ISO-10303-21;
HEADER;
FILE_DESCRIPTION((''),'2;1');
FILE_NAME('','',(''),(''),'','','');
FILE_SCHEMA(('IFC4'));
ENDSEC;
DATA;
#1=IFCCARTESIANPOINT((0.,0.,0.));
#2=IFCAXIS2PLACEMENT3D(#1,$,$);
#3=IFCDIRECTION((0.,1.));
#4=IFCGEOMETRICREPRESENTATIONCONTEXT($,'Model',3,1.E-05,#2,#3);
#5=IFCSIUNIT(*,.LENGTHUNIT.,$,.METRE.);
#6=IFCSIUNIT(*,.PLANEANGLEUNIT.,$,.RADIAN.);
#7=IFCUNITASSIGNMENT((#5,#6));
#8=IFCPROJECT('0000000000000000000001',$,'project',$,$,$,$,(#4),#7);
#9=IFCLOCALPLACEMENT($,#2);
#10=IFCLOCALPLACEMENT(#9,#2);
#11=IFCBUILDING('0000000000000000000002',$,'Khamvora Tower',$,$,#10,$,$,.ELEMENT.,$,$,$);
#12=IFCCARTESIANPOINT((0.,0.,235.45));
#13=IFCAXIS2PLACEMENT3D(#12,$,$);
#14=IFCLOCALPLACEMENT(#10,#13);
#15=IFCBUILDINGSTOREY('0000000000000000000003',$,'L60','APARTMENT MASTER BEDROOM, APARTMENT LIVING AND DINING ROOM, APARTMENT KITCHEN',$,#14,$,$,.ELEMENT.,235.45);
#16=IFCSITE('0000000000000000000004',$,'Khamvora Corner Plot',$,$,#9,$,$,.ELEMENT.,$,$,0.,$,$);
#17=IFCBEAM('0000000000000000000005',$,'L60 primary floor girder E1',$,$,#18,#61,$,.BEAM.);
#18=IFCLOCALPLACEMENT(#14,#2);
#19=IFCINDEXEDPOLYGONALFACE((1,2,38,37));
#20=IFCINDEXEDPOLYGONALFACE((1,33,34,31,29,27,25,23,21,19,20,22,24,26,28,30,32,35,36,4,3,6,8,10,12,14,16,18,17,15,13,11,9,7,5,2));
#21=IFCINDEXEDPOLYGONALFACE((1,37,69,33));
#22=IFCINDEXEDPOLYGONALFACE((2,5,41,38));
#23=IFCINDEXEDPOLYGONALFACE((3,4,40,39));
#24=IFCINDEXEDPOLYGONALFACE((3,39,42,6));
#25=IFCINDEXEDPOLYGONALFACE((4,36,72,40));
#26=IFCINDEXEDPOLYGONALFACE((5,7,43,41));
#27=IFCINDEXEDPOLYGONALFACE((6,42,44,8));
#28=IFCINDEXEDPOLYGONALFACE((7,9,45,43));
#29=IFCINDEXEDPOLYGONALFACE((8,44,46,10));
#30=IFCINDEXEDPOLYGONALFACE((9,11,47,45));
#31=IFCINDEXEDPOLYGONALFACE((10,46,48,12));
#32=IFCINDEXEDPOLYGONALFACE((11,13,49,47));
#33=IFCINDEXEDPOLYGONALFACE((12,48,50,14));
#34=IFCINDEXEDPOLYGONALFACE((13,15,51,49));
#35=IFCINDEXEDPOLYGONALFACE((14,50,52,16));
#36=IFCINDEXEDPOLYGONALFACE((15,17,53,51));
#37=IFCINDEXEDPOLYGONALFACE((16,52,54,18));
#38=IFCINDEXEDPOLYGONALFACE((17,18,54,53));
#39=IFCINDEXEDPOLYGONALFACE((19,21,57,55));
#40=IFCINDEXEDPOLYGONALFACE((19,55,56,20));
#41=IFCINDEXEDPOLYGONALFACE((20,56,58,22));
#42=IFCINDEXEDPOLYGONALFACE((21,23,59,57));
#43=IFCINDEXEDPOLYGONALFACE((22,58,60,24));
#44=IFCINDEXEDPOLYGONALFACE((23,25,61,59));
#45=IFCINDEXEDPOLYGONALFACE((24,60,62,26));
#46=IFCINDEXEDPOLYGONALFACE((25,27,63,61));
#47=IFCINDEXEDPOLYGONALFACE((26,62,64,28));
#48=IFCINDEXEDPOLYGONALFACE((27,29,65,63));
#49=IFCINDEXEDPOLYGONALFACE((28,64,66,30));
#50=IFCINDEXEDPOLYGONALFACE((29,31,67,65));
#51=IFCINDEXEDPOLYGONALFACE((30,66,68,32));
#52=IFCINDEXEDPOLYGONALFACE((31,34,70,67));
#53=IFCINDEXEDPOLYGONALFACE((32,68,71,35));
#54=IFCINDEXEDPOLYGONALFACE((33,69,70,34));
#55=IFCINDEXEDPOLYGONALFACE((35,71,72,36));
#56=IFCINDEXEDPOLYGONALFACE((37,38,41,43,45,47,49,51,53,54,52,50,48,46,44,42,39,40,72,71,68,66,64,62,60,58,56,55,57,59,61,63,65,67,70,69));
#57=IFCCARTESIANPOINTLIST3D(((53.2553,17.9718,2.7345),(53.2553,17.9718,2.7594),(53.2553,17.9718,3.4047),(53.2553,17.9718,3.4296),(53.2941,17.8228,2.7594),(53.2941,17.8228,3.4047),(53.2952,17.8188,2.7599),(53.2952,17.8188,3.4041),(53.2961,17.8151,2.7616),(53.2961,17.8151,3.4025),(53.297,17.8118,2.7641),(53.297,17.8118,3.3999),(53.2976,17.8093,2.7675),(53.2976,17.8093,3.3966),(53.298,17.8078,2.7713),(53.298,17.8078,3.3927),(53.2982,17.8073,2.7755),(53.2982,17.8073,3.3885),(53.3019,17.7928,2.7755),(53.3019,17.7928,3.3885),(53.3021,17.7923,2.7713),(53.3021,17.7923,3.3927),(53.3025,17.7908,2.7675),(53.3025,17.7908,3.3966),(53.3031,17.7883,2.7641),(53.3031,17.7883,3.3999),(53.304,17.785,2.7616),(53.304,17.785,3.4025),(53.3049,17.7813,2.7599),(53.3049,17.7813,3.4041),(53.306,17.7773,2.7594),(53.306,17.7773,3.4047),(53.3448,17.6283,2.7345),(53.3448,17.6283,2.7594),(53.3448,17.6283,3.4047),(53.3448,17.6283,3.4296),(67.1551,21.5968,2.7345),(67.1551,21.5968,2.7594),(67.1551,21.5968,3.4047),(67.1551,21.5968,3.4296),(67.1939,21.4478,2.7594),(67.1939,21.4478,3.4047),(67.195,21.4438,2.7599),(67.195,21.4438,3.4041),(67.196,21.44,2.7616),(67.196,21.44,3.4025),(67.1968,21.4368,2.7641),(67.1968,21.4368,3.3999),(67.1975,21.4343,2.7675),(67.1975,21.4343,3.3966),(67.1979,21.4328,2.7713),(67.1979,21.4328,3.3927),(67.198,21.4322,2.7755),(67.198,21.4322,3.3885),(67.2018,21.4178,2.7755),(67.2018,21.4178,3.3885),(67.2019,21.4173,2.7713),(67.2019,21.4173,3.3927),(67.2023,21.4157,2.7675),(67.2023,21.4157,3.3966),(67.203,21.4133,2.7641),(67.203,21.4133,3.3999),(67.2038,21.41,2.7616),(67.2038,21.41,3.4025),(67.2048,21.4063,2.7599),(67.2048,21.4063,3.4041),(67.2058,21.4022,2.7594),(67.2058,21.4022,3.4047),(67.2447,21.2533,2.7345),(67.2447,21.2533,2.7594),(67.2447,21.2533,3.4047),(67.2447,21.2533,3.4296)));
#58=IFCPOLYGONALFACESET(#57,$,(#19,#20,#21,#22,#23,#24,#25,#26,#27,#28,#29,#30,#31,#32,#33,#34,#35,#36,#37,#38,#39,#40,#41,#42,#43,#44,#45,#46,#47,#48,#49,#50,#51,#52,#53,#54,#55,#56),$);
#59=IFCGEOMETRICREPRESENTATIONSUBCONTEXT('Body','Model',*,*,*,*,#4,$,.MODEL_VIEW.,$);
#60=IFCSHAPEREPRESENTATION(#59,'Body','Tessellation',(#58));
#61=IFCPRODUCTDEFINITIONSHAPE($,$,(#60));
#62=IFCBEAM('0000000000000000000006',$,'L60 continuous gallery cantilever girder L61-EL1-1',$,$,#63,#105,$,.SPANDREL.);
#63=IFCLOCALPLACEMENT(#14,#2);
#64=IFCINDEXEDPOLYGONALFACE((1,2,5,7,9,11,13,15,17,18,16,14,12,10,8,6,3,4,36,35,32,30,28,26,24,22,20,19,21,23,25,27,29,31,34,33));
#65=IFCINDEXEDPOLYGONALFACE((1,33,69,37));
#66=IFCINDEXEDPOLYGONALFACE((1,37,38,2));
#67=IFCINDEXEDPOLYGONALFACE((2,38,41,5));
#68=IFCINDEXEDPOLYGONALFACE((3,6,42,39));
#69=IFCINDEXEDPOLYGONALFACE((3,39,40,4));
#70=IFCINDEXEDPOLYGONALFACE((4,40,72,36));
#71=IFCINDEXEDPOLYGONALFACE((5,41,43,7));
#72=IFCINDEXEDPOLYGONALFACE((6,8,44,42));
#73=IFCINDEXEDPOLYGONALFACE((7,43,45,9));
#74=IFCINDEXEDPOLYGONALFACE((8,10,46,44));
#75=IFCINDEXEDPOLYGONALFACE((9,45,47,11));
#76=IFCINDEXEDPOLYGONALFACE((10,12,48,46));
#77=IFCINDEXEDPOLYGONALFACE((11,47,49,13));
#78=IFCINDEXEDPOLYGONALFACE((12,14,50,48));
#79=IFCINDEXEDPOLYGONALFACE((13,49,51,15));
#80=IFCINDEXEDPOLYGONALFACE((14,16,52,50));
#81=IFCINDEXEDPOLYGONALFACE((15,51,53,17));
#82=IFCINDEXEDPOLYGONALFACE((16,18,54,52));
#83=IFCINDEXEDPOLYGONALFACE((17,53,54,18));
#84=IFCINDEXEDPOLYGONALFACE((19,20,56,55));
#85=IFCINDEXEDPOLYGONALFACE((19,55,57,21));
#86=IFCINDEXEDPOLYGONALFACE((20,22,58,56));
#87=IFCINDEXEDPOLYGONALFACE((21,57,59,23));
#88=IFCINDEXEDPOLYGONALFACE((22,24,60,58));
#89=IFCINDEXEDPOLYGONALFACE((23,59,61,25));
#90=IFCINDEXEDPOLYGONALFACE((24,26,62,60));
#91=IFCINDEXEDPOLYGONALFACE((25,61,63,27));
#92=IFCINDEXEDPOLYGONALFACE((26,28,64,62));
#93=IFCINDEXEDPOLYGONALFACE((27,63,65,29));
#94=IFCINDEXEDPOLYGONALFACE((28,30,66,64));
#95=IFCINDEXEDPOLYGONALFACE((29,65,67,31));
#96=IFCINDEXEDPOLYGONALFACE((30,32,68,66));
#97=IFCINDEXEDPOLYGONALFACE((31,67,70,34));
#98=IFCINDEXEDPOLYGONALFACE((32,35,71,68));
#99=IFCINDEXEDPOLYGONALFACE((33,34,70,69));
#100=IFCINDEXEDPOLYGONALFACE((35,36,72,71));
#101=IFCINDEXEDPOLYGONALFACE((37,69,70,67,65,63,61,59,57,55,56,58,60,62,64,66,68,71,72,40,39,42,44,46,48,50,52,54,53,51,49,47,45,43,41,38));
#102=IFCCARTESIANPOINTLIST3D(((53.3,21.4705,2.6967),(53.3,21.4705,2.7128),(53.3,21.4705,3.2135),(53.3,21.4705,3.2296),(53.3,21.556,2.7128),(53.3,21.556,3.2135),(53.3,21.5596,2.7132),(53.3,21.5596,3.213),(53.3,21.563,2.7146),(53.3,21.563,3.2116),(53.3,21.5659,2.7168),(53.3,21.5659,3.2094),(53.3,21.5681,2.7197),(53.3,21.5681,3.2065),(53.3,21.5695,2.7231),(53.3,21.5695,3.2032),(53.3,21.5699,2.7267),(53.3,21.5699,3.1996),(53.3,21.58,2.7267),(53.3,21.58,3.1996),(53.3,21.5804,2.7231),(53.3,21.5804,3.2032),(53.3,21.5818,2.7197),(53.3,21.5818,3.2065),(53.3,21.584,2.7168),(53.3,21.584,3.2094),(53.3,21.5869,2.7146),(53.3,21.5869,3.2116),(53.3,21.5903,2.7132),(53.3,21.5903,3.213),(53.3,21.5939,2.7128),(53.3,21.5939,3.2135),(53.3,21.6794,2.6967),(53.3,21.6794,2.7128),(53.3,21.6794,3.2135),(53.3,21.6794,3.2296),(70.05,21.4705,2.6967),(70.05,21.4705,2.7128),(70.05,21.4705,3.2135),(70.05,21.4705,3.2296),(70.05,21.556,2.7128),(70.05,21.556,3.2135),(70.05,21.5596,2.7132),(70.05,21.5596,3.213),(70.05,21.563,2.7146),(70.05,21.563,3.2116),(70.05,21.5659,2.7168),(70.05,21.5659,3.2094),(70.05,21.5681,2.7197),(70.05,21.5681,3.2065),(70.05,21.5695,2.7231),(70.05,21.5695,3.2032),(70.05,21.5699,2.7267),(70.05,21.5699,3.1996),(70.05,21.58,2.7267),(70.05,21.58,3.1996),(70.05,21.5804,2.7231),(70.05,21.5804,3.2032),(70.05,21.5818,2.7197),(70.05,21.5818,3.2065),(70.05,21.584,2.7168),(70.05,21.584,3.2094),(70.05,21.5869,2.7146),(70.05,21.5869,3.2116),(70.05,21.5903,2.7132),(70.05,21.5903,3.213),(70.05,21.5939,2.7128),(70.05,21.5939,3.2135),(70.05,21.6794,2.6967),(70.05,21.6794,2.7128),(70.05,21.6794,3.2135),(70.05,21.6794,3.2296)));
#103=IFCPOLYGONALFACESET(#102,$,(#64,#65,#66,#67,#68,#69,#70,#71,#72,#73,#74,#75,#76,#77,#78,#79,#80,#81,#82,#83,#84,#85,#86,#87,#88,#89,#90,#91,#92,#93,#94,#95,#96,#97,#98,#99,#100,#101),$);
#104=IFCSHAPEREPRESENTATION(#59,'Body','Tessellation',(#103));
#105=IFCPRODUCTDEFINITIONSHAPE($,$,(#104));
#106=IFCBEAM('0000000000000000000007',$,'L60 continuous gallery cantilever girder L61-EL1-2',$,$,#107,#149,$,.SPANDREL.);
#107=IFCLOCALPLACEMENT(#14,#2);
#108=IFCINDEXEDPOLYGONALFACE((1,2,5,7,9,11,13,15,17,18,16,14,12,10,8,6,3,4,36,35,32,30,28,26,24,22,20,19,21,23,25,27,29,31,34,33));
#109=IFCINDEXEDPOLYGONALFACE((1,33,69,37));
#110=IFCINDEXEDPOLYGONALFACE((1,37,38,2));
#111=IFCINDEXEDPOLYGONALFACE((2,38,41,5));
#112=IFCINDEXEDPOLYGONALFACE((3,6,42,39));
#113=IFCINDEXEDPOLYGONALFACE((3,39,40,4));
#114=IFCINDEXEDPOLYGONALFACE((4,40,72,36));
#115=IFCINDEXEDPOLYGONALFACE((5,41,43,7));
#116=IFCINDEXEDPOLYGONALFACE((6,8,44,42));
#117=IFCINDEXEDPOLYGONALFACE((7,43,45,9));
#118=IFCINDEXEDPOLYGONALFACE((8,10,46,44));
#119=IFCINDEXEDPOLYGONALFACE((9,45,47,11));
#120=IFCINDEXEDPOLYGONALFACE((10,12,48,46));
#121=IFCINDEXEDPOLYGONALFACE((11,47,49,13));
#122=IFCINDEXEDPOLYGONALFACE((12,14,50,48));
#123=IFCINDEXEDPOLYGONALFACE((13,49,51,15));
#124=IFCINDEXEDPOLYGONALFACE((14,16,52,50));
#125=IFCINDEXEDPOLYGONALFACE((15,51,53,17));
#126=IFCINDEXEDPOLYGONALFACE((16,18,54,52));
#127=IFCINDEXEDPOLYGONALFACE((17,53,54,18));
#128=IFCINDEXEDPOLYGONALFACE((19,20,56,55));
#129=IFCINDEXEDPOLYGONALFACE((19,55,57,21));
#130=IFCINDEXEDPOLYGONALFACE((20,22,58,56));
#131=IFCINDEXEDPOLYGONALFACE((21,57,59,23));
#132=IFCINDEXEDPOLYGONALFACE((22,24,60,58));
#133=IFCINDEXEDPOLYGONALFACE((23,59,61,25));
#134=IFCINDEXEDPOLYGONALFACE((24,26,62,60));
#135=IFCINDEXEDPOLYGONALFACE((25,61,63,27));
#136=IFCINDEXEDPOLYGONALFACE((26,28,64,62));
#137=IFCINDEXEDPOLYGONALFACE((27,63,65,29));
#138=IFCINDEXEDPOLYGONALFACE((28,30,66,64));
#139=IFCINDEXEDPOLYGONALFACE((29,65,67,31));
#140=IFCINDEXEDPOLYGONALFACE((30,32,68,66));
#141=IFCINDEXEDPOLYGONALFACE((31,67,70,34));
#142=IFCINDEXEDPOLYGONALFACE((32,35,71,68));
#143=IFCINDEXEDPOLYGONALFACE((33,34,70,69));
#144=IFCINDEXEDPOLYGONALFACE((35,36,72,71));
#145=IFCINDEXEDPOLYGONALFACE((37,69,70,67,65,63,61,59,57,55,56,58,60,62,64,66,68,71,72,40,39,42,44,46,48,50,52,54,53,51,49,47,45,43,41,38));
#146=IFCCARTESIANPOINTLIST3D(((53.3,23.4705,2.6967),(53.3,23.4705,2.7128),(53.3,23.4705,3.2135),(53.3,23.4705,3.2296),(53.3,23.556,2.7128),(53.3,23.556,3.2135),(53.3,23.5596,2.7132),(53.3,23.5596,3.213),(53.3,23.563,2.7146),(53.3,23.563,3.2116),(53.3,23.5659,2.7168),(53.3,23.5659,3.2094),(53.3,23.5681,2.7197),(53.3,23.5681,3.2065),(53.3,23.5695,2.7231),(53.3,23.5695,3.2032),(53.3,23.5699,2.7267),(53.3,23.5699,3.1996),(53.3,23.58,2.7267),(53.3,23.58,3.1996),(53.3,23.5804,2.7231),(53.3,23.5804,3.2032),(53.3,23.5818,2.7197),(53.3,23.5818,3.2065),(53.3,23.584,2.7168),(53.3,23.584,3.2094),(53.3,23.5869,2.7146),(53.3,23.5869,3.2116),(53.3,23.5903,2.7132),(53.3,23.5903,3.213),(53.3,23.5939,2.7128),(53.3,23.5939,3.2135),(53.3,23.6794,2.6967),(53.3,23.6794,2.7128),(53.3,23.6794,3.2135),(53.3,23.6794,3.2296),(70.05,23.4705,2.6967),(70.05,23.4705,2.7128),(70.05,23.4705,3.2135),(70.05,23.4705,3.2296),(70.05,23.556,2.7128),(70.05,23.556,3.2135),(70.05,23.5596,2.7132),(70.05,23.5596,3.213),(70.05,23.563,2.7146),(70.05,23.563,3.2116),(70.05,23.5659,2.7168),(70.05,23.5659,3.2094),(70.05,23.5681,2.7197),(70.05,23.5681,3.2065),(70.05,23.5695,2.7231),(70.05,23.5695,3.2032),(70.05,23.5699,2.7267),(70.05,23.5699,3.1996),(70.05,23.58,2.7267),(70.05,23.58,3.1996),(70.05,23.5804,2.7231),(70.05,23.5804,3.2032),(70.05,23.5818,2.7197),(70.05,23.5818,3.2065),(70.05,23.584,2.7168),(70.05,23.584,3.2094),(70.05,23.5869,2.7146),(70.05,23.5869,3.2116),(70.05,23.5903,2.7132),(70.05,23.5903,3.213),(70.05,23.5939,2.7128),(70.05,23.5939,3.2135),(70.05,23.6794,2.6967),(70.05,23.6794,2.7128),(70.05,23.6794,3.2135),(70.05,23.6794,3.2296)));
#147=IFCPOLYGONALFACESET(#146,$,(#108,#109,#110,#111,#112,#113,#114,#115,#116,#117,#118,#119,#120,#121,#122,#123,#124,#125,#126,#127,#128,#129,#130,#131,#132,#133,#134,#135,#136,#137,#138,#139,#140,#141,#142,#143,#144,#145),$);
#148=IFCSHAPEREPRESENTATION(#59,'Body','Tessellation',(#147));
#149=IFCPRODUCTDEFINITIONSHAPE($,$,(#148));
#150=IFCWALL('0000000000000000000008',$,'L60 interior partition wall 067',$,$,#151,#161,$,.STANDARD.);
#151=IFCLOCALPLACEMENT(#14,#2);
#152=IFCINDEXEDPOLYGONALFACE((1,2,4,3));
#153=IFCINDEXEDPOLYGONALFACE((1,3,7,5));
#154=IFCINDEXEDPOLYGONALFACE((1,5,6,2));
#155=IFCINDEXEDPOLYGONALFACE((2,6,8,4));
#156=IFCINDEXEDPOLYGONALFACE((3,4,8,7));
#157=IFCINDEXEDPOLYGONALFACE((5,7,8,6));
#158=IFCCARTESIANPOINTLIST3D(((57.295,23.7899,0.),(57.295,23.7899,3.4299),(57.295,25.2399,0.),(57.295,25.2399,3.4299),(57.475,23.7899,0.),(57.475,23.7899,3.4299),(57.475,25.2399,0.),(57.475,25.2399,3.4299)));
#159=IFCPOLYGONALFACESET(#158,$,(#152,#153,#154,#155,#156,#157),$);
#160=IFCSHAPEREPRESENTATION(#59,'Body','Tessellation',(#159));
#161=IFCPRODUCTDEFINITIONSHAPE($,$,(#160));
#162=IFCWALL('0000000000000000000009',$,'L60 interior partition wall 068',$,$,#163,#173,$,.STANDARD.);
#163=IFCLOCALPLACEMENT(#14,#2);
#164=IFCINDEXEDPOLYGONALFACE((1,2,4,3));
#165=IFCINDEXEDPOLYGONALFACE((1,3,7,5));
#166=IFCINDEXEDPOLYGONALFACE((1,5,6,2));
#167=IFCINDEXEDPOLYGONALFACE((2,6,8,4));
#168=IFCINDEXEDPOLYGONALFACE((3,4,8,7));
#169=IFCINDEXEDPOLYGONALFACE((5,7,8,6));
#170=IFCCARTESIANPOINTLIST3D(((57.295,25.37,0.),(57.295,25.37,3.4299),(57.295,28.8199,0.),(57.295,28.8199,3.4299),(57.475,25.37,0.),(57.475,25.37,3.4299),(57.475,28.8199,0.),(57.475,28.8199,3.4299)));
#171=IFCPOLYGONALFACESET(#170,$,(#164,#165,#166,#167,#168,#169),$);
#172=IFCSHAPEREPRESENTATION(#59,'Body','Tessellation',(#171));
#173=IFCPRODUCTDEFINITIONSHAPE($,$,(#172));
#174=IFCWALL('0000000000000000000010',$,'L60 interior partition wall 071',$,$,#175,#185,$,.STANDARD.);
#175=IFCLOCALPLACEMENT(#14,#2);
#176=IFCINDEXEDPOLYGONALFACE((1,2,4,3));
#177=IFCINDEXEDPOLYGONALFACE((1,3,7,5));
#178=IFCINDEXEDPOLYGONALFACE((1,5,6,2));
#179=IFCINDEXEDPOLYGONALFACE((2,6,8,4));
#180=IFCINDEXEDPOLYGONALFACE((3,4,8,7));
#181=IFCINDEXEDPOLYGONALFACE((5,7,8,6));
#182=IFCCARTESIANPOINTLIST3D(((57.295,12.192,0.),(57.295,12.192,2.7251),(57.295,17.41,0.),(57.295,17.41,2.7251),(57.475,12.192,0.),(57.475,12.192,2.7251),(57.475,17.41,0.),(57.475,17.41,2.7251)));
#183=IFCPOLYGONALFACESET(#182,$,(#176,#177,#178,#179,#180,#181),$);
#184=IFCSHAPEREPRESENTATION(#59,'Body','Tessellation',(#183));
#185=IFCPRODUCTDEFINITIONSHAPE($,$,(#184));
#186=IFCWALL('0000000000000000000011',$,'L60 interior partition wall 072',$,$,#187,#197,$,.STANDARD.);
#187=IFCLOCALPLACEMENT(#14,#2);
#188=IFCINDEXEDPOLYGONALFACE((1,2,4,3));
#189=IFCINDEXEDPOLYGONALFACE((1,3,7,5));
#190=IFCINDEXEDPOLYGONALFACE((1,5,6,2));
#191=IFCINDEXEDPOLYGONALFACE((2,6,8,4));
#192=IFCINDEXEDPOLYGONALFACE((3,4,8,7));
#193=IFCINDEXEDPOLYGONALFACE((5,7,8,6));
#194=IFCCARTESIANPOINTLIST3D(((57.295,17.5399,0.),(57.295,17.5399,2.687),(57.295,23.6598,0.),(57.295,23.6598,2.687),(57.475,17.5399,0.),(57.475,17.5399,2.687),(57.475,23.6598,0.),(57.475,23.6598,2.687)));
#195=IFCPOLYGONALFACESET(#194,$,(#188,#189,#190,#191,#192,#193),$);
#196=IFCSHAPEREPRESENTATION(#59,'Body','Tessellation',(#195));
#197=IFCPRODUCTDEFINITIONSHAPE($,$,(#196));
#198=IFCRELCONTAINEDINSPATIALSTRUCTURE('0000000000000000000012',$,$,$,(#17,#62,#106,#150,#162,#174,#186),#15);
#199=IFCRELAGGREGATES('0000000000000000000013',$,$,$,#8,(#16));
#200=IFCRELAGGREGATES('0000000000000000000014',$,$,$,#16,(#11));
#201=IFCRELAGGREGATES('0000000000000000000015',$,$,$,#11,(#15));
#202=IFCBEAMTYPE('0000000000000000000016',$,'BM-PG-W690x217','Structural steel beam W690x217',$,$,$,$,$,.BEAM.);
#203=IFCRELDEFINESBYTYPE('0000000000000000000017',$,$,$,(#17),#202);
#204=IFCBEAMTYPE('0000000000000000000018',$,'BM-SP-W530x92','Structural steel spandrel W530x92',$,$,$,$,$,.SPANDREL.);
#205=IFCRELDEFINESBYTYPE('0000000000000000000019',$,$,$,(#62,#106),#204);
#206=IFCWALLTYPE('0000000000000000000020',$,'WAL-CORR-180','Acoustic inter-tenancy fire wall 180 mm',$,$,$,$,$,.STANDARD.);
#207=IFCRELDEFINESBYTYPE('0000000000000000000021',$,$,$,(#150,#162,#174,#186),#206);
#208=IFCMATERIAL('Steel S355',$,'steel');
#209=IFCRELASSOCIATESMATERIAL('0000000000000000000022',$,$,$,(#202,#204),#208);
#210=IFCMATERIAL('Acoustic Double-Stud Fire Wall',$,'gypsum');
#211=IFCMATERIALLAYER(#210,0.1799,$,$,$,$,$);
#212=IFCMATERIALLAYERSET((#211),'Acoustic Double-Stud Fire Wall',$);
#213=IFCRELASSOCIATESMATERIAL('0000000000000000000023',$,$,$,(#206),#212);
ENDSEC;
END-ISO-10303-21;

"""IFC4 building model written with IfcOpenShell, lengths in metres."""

from ifc_helpers import new_model, si_unit, direction, frame, frame_2d, origin, origin_2d, place, context, subcontext, project, spatial, rectangle, i_section, extrude, material, layer, layer_set, material_profile, profile_set, type_object, element, save


model = new_model("IFC4")

# Units and contexts
model_context = context("Model", 3, precision=1e-05, world=origin(), true_north=direction((0.0, 1.0)))
body_context = subcontext(model_context, "Body", "Model", "MODEL_VIEW")
ifc_project = project(units=[si_unit("LENGTHUNIT", "METRE"), si_unit("PLANEANGLEUNIT", "RADIAN")], contexts=[model_context])

# Site, building, storey
site_placement = place(None, origin())
site = spatial("IfcSite", under=ifc_project, at=site_placement, Name="Khamvora Corner Plot", CompositionType="ELEMENT", RefElevation=0.0)
building_placement = place(site_placement, origin())
building = spatial("IfcBuilding", under=site, at=building_placement, Name="Khamvora Tower", CompositionType="ELEMENT")
storey_placement = place(building_placement, frame((0.0, 0.0, 235.45)))
storey = spatial("IfcBuildingStorey", under=building, at=storey_placement, Name="L60", Description="APARTMENT MASTER BEDROOM, APARTMENT LIVING AND DINING ROOM, APARTMENT KITCHEN", CompositionType="ELEMENT", Elevation=235.45)

# Shared definitions
ifc_material_1 = material(Name="Steel S355", Category="steel")

# Beams
ifc_material_profile_1 = material_profile(ifc_material_1, i_section(OverallWidth=0.355, OverallDepth=0.6951, WebThickness=0.0149, FlangeThickness=0.0249, FilletRadius=0.0161, at=origin_2d()), Name="W690x217")
ifc_profile_set_1 = profile_set([ifc_material_profile_1], Name="Steel S355")
beam_type_1 = type_object("IfcBeamType", Name="BM-PG-W690x217", Description="Structural steel beam W690x217", PredefinedType="BEAM", material=ifc_profile_set_1)
beam_1_placement = place(storey_placement, frame((53.3, 17.8, 3.082), z_axis=(0.967635, 0.252353, 0.0), x_axis=(-0.252353, 0.967635, 0.0)))
element("IfcBeam", 1, at=beam_1_placement, inside=storey, type_object=beam_type_1, Name="L60 primary floor girder E1", PredefinedType="BEAM", context=body_context, shape_type="SweptSolid", body=[
    extrude(i_section(OverallWidth=0.355, OverallDepth=0.6951, WebThickness=0.0149, FlangeThickness=0.0249, FilletRadius=0.0161, at=origin_2d()), origin(), (0.0, 0.0, 1.0), 14.3647),
])
ifc_material_profile_2 = material_profile(ifc_material_1, i_section(OverallWidth=0.209, OverallDepth=0.533, WebThickness=0.01, FlangeThickness=0.0161, FilletRadius=0.0139, at=origin_2d()), Name="W530x92")
ifc_profile_set_2 = profile_set([ifc_material_profile_2], Name="Steel S355")
beam_type_2 = type_object("IfcBeamType", Name="BM-SP-W530x92", Description="Structural steel spandrel W530x92", PredefinedType="SPANDREL", material=ifc_profile_set_2)
for number, where, z_axis, x_axis, name in (
    (2, (53.3, 21.575, 2.9631), (1.0, 0.0, 0.0), (0.0, 1.0, 0.0), "L60 continuous gallery cantilever girder L61-EL1-1"),
    (3, (53.3, 23.575, 2.9631), (1.0, 0.0, 0.0), (0.0, 1.0, 0.0), "L60 continuous gallery cantilever girder L61-EL1-2"),
):
    element("IfcBeam", number, at=place(storey_placement, frame(where, z_axis=z_axis, x_axis=x_axis)), inside=storey, type_object=beam_type_2, Name=name, PredefinedType="SPANDREL", context=body_context, shape_type="SweptSolid", body=[
        extrude(i_section(OverallWidth=0.209, OverallDepth=0.533, WebThickness=0.01, FlangeThickness=0.0161, FilletRadius=0.0139, at=origin_2d()), origin(), (0.0, 0.0, 1.0), 16.75),
    ])

# Walls
ifc_material_2 = material(Name="Acoustic Double-Stud Fire Wall", Category="gypsum")
ifc_layer_1 = layer(ifc_material_2, 0.1799)
ifc_layer_set_1 = layer_set([ifc_layer_1], Name="Acoustic Double-Stud Fire Wall")
wall_type_1 = type_object("IfcWallType", Name="WAL-CORR-180", Description="Acoustic inter-tenancy fire wall 180 mm", PredefinedType="STANDARD", material=ifc_layer_set_1)
wall_1_placement = place(storey_placement, frame((57.385, 25.24, 0.0), z_axis=(0.0, 0.0, 1.0), x_axis=(0.0, -1.0, 0.0)))
element("IfcWall", 4, at=wall_1_placement, inside=storey, type_object=wall_type_1, Name="L60 interior partition wall 067", PredefinedType="STANDARD", context=body_context, shape_type="SweptSolid", body=[
    extrude(rectangle(XDim=1.45, YDim=0.1799, at=frame_2d((0.7251, 0.0))), origin(), (0.0, 0.0, 1.0), 3.4299),
])
wall_2_placement = place(storey_placement, frame((57.385, 28.8201, 0.0), z_axis=(0.0, 0.0, 1.0), x_axis=(0.0, -1.0, 0.0)))
element("IfcWall", 5, at=wall_2_placement, inside=storey, type_object=wall_type_1, Name="L60 interior partition wall 068", PredefinedType="STANDARD", context=body_context, shape_type="SweptSolid", body=[
    extrude(rectangle(XDim=3.45, YDim=0.1799, at=frame_2d((1.7251, 0.0))), origin(), (0.0, 0.0, 1.0), 3.4299),
])
wall_3_placement = place(storey_placement, frame((57.385, 17.4099, 0.0), z_axis=(0.0, 0.0, 1.0), x_axis=(0.0, -1.0, 0.0)))
element("IfcWall", 6, at=wall_3_placement, inside=storey, type_object=wall_type_1, Name="L60 interior partition wall 071", PredefinedType="STANDARD", context=body_context, shape_type="SweptSolid", body=[
    extrude(rectangle(XDim=5.218, YDim=0.1799, at=frame_2d((2.6089, 0.0))), origin(), (0.0, 0.0, 1.0), 2.7251),
])
wall_4_placement = place(storey_placement, frame((57.385, 23.6599, 0.0), z_axis=(0.0, 0.0, 1.0), x_axis=(0.0, -1.0, 0.0)))
element("IfcWall", 7, at=wall_4_placement, inside=storey, type_object=wall_type_1, Name="L60 interior partition wall 072", PredefinedType="STANDARD", context=body_context, shape_type="SweptSolid", body=[
    extrude(rectangle(XDim=6.1199, YDim=0.1799, at=frame_2d((3.0601, 0.0))), origin(), (0.0, 0.0, 1.0), 2.687),
])

save(model, "model.ifc")
